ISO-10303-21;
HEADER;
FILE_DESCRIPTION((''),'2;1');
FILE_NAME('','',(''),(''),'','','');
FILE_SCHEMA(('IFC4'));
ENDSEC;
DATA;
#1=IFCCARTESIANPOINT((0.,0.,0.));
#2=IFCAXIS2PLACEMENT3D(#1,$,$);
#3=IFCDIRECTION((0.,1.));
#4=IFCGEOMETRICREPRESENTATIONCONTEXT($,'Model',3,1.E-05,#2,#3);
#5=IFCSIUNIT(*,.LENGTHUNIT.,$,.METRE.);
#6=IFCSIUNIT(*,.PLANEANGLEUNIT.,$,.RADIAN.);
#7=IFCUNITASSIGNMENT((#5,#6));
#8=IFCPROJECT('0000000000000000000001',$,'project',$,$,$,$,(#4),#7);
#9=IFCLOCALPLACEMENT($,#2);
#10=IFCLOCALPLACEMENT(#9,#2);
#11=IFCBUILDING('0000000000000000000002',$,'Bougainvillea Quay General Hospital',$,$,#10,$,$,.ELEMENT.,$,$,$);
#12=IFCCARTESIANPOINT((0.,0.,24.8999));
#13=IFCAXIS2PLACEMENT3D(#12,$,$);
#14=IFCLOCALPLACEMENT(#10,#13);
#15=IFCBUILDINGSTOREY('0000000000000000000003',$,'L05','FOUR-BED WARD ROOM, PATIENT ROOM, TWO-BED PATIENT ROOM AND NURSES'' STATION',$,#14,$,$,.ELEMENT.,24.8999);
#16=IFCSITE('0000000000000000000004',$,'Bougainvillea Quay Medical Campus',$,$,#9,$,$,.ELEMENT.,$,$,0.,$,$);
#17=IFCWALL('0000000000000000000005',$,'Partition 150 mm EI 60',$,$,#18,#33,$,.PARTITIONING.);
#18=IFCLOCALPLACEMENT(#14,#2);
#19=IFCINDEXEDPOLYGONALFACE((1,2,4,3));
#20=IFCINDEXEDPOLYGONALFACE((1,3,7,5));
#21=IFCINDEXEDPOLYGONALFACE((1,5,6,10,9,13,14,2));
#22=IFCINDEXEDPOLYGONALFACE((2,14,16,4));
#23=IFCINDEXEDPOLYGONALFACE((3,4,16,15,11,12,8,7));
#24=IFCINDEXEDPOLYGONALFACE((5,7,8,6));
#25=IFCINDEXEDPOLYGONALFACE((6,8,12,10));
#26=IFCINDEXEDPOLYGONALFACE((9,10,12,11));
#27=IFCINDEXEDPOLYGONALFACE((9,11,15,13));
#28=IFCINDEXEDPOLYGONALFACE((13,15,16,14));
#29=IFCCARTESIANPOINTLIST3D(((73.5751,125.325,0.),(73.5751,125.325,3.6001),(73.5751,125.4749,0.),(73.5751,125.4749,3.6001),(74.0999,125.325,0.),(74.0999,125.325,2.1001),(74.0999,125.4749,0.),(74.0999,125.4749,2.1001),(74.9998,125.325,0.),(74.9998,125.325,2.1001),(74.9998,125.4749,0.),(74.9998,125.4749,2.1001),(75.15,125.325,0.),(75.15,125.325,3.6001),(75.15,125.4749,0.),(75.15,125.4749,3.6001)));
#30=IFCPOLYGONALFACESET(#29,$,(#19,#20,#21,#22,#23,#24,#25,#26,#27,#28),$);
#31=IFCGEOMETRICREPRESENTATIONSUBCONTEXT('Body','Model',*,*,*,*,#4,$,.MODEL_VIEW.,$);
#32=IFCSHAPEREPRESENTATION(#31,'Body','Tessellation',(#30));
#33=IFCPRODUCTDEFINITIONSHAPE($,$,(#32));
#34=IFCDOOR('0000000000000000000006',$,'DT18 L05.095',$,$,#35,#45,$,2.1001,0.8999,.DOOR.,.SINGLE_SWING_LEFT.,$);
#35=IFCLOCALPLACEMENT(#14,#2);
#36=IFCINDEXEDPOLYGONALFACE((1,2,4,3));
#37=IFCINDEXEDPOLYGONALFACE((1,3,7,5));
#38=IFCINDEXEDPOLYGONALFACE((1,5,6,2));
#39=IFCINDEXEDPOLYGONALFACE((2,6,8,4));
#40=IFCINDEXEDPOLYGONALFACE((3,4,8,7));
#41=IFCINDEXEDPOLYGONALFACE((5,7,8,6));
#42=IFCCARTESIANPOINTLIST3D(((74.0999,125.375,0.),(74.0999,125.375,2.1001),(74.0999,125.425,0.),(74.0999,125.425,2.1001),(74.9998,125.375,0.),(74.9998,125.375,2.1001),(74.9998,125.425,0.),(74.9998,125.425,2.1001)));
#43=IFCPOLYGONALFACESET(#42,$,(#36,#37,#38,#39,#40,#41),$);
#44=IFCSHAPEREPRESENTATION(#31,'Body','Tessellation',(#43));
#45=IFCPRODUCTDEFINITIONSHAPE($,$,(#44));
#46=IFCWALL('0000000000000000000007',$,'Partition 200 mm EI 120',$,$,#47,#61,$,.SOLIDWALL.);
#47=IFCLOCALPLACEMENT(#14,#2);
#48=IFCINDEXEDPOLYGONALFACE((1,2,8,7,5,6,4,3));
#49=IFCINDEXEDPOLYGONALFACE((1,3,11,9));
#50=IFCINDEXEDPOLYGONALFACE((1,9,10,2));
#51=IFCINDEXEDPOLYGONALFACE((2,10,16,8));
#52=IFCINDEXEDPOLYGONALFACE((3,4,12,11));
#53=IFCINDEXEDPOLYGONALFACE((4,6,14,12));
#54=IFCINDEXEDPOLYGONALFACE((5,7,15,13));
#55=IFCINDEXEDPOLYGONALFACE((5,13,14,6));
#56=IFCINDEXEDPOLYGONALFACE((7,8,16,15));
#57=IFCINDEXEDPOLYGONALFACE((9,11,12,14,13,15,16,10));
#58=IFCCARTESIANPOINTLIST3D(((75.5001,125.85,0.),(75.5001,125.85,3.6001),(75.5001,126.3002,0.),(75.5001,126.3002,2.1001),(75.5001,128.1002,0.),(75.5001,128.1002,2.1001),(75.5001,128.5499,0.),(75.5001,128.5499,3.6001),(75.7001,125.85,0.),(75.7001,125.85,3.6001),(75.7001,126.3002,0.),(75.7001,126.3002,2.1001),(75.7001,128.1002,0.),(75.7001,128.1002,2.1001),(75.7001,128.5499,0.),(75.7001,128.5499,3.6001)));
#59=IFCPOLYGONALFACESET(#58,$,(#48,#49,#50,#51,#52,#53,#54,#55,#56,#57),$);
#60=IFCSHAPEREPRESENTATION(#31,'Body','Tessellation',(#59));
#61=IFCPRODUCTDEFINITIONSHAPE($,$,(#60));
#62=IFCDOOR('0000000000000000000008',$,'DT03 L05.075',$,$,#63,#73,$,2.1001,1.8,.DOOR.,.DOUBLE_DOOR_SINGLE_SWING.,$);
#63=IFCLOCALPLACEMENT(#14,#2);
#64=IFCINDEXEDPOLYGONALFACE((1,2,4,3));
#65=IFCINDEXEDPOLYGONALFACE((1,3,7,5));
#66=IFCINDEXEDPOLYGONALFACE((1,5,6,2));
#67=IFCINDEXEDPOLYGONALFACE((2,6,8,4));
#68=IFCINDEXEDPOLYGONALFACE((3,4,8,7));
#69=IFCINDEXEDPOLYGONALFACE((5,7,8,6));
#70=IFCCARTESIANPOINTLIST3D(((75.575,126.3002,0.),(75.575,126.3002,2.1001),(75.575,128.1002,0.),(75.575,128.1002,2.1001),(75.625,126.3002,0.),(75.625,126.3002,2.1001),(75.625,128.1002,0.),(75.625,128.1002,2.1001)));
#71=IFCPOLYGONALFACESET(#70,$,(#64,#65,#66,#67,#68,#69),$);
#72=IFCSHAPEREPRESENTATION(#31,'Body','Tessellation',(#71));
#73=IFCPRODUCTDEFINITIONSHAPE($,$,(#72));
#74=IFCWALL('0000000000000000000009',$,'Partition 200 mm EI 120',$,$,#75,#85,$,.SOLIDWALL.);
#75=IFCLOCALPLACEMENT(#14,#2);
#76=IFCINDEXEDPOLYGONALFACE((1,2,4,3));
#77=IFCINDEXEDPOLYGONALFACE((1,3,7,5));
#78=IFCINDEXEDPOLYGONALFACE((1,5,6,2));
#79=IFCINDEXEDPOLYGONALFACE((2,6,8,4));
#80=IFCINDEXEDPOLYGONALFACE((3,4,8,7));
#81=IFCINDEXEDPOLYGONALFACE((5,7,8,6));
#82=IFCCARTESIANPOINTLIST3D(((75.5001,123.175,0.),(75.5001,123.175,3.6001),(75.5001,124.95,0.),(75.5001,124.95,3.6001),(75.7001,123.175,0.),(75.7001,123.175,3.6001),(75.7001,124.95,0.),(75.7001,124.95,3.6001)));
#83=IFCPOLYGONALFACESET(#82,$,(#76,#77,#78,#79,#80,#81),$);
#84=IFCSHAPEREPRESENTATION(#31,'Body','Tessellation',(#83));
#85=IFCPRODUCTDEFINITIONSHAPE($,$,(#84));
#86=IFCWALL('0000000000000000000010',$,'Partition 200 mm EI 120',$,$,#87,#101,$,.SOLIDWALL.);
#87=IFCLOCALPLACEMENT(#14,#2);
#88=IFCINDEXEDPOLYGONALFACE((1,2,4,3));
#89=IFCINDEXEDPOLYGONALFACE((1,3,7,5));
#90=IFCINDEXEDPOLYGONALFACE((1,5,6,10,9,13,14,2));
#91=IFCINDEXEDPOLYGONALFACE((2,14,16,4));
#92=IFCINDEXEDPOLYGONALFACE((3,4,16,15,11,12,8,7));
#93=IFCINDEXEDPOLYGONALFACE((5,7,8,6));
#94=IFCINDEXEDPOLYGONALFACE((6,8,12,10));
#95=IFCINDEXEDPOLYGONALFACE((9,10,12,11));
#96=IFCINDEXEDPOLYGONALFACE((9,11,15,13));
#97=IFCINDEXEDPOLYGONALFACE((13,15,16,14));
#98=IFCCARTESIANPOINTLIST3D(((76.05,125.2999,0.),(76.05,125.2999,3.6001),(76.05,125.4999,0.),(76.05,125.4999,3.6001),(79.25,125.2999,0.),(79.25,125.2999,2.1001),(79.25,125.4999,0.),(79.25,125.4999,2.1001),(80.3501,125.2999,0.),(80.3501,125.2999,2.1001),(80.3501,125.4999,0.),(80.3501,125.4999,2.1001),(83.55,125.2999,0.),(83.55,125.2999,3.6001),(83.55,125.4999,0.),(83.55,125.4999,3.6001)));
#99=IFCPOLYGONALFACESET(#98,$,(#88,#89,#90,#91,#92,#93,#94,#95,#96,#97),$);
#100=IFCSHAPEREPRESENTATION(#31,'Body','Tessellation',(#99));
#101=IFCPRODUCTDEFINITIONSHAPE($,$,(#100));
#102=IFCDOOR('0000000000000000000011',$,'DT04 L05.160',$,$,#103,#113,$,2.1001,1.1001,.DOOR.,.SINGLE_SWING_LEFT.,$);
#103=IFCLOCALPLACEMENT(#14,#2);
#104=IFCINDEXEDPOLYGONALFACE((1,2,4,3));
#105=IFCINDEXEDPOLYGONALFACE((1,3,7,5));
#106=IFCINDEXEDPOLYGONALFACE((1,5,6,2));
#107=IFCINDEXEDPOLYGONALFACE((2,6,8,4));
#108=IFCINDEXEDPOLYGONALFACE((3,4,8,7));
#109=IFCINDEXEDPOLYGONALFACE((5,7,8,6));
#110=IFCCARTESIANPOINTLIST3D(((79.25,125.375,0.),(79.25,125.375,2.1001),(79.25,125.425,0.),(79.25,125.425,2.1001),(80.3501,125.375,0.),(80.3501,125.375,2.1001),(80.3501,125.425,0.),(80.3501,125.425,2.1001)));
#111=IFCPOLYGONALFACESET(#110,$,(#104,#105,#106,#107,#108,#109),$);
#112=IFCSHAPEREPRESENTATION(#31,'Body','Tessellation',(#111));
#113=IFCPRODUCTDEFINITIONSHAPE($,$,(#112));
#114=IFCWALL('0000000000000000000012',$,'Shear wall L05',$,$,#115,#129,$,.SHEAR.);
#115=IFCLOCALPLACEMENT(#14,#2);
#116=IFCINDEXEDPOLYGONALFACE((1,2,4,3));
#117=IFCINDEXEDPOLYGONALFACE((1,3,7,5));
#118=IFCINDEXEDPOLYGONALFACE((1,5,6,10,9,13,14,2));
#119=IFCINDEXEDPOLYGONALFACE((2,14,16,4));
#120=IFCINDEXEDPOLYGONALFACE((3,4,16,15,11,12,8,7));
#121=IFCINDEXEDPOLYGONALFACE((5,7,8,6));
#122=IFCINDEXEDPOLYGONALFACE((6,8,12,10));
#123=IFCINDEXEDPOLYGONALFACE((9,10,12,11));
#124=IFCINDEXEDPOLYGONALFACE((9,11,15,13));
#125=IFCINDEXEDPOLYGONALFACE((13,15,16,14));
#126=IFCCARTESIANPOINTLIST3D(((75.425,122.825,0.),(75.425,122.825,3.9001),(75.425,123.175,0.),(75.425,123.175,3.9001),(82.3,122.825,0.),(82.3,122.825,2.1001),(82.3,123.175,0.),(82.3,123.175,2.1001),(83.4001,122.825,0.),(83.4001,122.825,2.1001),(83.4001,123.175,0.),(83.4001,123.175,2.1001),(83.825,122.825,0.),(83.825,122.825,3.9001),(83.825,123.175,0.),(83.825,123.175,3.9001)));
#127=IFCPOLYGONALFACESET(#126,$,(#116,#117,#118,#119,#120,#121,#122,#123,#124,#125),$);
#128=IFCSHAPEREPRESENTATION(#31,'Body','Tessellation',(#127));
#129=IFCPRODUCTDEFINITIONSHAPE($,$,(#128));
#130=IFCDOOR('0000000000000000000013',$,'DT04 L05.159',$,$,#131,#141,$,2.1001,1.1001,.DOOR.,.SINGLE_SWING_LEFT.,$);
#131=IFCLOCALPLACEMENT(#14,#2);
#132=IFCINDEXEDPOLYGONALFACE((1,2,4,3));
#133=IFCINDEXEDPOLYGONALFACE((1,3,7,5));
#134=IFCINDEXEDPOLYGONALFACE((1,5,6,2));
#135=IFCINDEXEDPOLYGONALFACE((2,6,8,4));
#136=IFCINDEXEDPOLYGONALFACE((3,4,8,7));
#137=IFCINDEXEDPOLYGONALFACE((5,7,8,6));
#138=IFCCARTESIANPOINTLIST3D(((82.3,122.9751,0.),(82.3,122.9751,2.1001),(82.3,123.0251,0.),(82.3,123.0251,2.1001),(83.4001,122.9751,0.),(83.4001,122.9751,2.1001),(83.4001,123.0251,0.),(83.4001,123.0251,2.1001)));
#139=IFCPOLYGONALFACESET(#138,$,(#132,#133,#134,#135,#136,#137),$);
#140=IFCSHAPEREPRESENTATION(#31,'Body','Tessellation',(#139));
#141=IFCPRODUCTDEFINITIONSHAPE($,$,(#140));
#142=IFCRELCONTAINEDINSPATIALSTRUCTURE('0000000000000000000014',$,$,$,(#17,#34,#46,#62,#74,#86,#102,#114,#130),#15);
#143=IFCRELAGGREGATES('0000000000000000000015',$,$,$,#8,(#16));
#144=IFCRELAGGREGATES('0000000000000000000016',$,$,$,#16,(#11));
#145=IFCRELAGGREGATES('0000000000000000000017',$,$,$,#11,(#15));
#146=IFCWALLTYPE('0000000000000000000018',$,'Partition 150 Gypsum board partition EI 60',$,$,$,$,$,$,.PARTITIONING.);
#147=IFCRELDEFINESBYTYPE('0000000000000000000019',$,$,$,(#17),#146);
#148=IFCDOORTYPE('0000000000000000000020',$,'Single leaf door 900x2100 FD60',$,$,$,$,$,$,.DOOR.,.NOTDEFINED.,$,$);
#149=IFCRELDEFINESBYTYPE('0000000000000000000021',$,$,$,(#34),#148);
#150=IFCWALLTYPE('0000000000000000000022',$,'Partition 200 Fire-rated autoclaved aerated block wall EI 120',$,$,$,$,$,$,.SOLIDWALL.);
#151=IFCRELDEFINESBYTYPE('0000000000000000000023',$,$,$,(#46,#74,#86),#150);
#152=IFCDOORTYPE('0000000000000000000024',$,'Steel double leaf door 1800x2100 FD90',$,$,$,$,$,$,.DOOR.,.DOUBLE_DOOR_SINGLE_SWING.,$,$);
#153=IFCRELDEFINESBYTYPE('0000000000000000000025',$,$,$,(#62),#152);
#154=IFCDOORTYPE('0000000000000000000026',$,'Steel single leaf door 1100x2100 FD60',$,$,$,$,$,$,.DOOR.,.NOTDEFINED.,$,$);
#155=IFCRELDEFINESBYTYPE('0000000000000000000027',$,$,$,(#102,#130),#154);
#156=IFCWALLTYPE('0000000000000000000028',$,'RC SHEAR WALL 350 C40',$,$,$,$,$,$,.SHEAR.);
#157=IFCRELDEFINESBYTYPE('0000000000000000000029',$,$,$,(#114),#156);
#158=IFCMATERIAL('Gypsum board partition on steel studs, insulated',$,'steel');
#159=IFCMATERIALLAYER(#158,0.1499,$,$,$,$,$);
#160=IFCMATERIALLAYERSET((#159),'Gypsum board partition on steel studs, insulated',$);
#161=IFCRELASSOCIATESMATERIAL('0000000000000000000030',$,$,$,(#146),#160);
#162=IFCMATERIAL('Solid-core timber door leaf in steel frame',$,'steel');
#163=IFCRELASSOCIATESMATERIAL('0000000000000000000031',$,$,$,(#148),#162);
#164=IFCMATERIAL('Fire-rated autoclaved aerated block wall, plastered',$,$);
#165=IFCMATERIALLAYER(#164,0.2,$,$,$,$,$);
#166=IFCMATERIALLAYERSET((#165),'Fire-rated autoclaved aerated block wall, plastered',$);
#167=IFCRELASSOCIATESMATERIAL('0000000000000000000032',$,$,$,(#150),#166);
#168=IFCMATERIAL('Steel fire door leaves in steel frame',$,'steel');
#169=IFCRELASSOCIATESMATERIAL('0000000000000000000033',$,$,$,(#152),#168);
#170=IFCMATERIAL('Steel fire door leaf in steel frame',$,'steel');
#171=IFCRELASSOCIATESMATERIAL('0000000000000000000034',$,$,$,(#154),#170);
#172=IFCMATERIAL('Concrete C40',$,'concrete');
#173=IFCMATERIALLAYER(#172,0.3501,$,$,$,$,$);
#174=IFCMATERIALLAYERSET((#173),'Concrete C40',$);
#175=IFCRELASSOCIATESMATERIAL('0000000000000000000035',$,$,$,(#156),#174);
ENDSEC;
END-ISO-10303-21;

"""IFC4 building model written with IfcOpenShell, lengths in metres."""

from ifc_helpers import new_model, si_unit, direction, frame, frame_2d, origin, place, context, subcontext, project, spatial, rectangle, extrude, material, layer, layer_set, type_object, element, fill, save


model = new_model("IFC4")

# Units and contexts
model_context = context("Model", 3, precision=1e-05, world=origin(), true_north=direction((0.0, 1.0)))
body_context = subcontext(model_context, "Body", "Model", "MODEL_VIEW")
ifc_project = project(units=[si_unit("LENGTHUNIT", "METRE"), si_unit("PLANEANGLEUNIT", "RADIAN")], contexts=[model_context])

# Site, building, storey
site_placement = place(None, origin())
site = spatial("IfcSite", under=ifc_project, at=site_placement, Name="Bougainvillea Quay Medical Campus", CompositionType="ELEMENT", RefElevation=0.0)
building_placement = place(site_placement, origin())
building = spatial("IfcBuilding", under=site, at=building_placement, Name="Bougainvillea Quay General Hospital", CompositionType="ELEMENT")
storey_placement = place(building_placement, frame((0.0, 0.0, 24.8999)))
storey = spatial("IfcBuildingStorey", under=building, at=storey_placement, Name="L05", Description="FOUR-BED WARD ROOM, PATIENT ROOM, TWO-BED PATIENT ROOM AND NURSES' STATION", CompositionType="ELEMENT", Elevation=24.8999)

# Shared definitions
ifc_material_1 = material(Name="Concrete C40", Category="concrete")

# Shared definitions
ifc_material_2 = material(Name="Gypsum board partition on steel studs, insulated", Category="steel")

# Walls, openings, doors
ifc_material_3 = material(Name="Solid-core timber door leaf in steel frame", Category="steel")
ifc_layer_1 = layer(ifc_material_2, 0.1499)
ifc_layer_set_1 = layer_set([ifc_layer_1], Name="Gypsum board partition on steel studs, insulated")
wall_type_1 = type_object("IfcWallType", Name="Partition 150 Gypsum board partition EI 60", PredefinedType="PARTITIONING", material=ifc_layer_set_1)
wall_1_placement = place(storey_placement, frame((73.575, 125.3999, 0.0), z_axis=(0.0, 0.0, 1.0), x_axis=(1.0, 0.0, 0.0)))
wall_1 = element("IfcWall", 1, at=wall_1_placement, inside=storey, type_object=wall_type_1, Name="Partition 150 mm EI 60", PredefinedType="PARTITIONING", context=body_context, shape_type="SweptSolid", body=[
    extrude(rectangle(XDim=1.575, YDim=0.1499, at=frame_2d((0.7876, 0.0))), origin(), (0.0, 0.0, 1.0), 3.6001),
])
opening_1_placement = place(wall_1_placement, frame((0.5249, 0.0, 0.0)))
opening_1 = element("IfcOpeningElement", 2, at=opening_1_placement, cuts=wall_1, PredefinedType="OPENING", context=body_context, shape_type="SweptSolid", body=[
    extrude(rectangle(XDim=0.8999, YDim=2.1001, at=frame_2d((0.45, 1.05))), frame((0.0, 0.085, 0.0), z_axis=(0.0, -1.0, 0.0), x_axis=(1.0, 0.0, 0.0)), (0.0, 0.0, 1.0), 0.1699),
])
door_type_1 = type_object("IfcDoorType", Name="Single leaf door 900x2100 FD60", OperationType="NOTDEFINED", PredefinedType="DOOR", material=ifc_material_3)
door_1_placement = place(opening_1_placement, frame((0.8999, 0.0, 0.0), z_axis=(0.0, 0.0, 1.0), x_axis=(-1.0, 0.0, 0.0)))
door_1 = element("IfcDoor", 3, at=door_1_placement, inside=storey, type_object=door_type_1, Name="DT18 L05.095", OperationType="SINGLE_SWING_LEFT", OverallHeight=2.1001, OverallWidth=0.8999, PredefinedType="DOOR", context=body_context, shape_type="SweptSolid", body=[
    extrude(rectangle(XDim=0.8999, YDim=2.1001, at=frame_2d((0.45, 1.05))), frame((0.0, 0.0249, 0.0), z_axis=(0.0, -1.0, 0.0), x_axis=(1.0, 0.0, 0.0)), (0.0, 0.0, 1.0), 0.05),
])
fill(opening_1, door_1)
ifc_material_4 = material(Name="Fire-rated autoclaved aerated block wall, plastered")
ifc_layer_2 = layer(ifc_material_4, 0.2)
ifc_layer_set_2 = layer_set([ifc_layer_2], Name="Fire-rated autoclaved aerated block wall, plastered")
wall_type_2 = type_object("IfcWallType", Name="Partition 200 Fire-rated autoclaved aerated block wall EI 120", PredefinedType="SOLIDWALL", material=ifc_layer_set_2)
wall_2_placement = place(storey_placement, frame((75.6001, 128.55, 0.0), z_axis=(0.0, 0.0, 1.0), x_axis=(0.0, -1.0, 0.0)))
wall_2 = element("IfcWall", 4, at=wall_2_placement, inside=storey, type_object=wall_type_2, Name="Partition 200 mm EI 120", PredefinedType="SOLIDWALL", context=body_context, shape_type="SweptSolid", body=[
    extrude(rectangle(XDim=2.7, YDim=0.2, at=frame_2d((1.3501, 0.0))), origin(), (0.0, 0.0, 1.0), 3.6001),
])
opening_2_placement = place(wall_2_placement, frame((0.45, 0.0, 0.0)))
opening_2 = element("IfcOpeningElement", 5, at=opening_2_placement, cuts=wall_2, PredefinedType="OPENING", context=body_context, shape_type="SweptSolid", body=[
    extrude(rectangle(XDim=1.8, YDim=2.1001, at=frame_2d((0.8999, 1.05))), frame((0.0, 0.1099, 0.0), z_axis=(0.0, -1.0, 0.0), x_axis=(1.0, 0.0, 0.0)), (0.0, 0.0, 1.0), 0.22),
])
ifc_material_5 = material(Name="Steel fire door leaves in steel frame", Category="steel")
door_type_2 = type_object("IfcDoorType", Name="Steel double leaf door 1800x2100 FD90", OperationType="DOUBLE_DOOR_SINGLE_SWING", PredefinedType="DOOR", material=ifc_material_5)
door_2_placement = place(opening_2_placement, origin())
door_2 = element("IfcDoor", 6, at=door_2_placement, inside=storey, type_object=door_type_2, Name="DT03 L05.075", OperationType="DOUBLE_DOOR_SINGLE_SWING", OverallHeight=2.1001, OverallWidth=1.8, PredefinedType="DOOR", context=body_context, shape_type="SweptSolid", body=[
    extrude(rectangle(XDim=1.8, YDim=2.1001, at=frame_2d((0.8999, 1.05))), frame((0.0, 0.0249, 0.0), z_axis=(0.0, -1.0, 0.0), x_axis=(1.0, 0.0, 0.0)), (0.0, 0.0, 1.0), 0.05),
])
fill(opening_2, door_2)

# Wall
wall_3_placement = place(storey_placement, frame((75.6001, 124.95, 0.0), z_axis=(0.0, 0.0, 1.0), x_axis=(0.0, -1.0, 0.0)))
element("IfcWall", 7, at=wall_3_placement, inside=storey, type_object=wall_type_2, Name="Partition 200 mm EI 120", PredefinedType="SOLIDWALL", context=body_context, shape_type="SweptSolid", body=[
    extrude(rectangle(XDim=1.7749, YDim=0.2, at=frame_2d((0.8875, 0.0))), origin(), (0.0, 0.0, 1.0), 3.6001),
])

# Walls, openings, doors
wall_4_placement = place(storey_placement, frame((76.05, 125.3999, 0.0), z_axis=(0.0, 0.0, 1.0), x_axis=(1.0, 0.0, 0.0)))
wall_4 = element("IfcWall", 8, at=wall_4_placement, inside=storey, type_object=wall_type_2, Name="Partition 200 mm EI 120", PredefinedType="SOLIDWALL", context=body_context, shape_type="SweptSolid", body=[
    extrude(rectangle(XDim=7.5, YDim=0.2, at=frame_2d((3.75, 0.0))), origin(), (0.0, 0.0, 1.0), 3.6001),
])
opening_3_placement = place(wall_4_placement, frame((3.2, 0.0, 0.0)))
opening_3 = element("IfcOpeningElement", 9, at=opening_3_placement, cuts=wall_4, PredefinedType="OPENING", context=body_context, shape_type="SweptSolid", body=[
    extrude(rectangle(XDim=1.1001, YDim=2.1001, at=frame_2d((0.55, 1.05))), frame((0.0, 0.1099, 0.0), z_axis=(0.0, -1.0, 0.0), x_axis=(1.0, 0.0, 0.0)), (0.0, 0.0, 1.0), 0.22),
])
ifc_material_6 = material(Name="Steel fire door leaf in steel frame", Category="steel")
door_type_3 = type_object("IfcDoorType", Name="Steel single leaf door 1100x2100 FD60", OperationType="NOTDEFINED", PredefinedType="DOOR", material=ifc_material_6)
door_3_placement = place(opening_3_placement, frame((1.1001, 0.0, 0.0), z_axis=(0.0, 0.0, 1.0), x_axis=(-1.0, 0.0, 0.0)))
door_3 = element("IfcDoor", 10, at=door_3_placement, inside=storey, type_object=door_type_3, Name="DT04 L05.160", OperationType="SINGLE_SWING_LEFT", OverallHeight=2.1001, OverallWidth=1.1001, PredefinedType="DOOR", context=body_context, shape_type="SweptSolid", body=[
    extrude(rectangle(XDim=1.1001, YDim=2.1001, at=frame_2d((0.55, 1.05))), frame((0.0, 0.0249, 0.0), z_axis=(0.0, -1.0, 0.0), x_axis=(1.0, 0.0, 0.0)), (0.0, 0.0, 1.0), 0.05),
])
fill(opening_3, door_3)
ifc_layer_3 = layer(ifc_material_1, 0.3501)
ifc_layer_set_3 = layer_set([ifc_layer_3], Name="Concrete C40")
wall_type_3 = type_object("IfcWallType", Name="RC SHEAR WALL 350 C40", PredefinedType="SHEAR", material=ifc_layer_set_3)
wall_5_placement = place(storey_placement, frame((75.425, 123.0, 0.0), z_axis=(0.0, 0.0, 1.0), x_axis=(1.0, 0.0, 0.0)))
wall_5 = element("IfcWall", 11, at=wall_5_placement, inside=storey, type_object=wall_type_3, Name="Shear wall L05", PredefinedType="SHEAR", context=body_context, shape_type="SweptSolid", body=[
    extrude(rectangle(XDim=8.3999, YDim=0.3501, at=frame_2d((4.2, 0.0))), origin(), (0.0, 0.0, 1.0), 3.9001),
])
opening_4_placement = place(wall_5_placement, frame((6.875, 0.0, 0.0)))
opening_4 = element("IfcOpeningElement", 12, at=opening_4_placement, cuts=wall_5, PredefinedType="OPENING", context=body_context, shape_type="SweptSolid", body=[
    extrude(rectangle(XDim=1.1001, YDim=2.1001, at=frame_2d((0.55, 1.05))), frame((0.0, 0.1851, 0.0), z_axis=(0.0, -1.0, 0.0), x_axis=(1.0, 0.0, 0.0)), (0.0, 0.0, 1.0), 0.3701),
])
door_4_placement = place(opening_4_placement, frame((1.1001, 0.0, 0.0), z_axis=(0.0, 0.0, 1.0), x_axis=(-1.0, 0.0, 0.0)))
door_4 = element("IfcDoor", 13, at=door_4_placement, inside=storey, type_object=door_type_3, Name="DT04 L05.159", OperationType="SINGLE_SWING_LEFT", OverallHeight=2.1001, OverallWidth=1.1001, PredefinedType="DOOR", context=body_context, shape_type="SweptSolid", body=[
    extrude(rectangle(XDim=1.1001, YDim=2.1001, at=frame_2d((0.55, 1.05))), frame((0.0, 0.0249, 0.0), z_axis=(0.0, -1.0, 0.0), x_axis=(1.0, 0.0, 0.0)), (0.0, 0.0, 1.0), 0.05),
])
fill(opening_4, door_4)

save(model, "model.ifc")
